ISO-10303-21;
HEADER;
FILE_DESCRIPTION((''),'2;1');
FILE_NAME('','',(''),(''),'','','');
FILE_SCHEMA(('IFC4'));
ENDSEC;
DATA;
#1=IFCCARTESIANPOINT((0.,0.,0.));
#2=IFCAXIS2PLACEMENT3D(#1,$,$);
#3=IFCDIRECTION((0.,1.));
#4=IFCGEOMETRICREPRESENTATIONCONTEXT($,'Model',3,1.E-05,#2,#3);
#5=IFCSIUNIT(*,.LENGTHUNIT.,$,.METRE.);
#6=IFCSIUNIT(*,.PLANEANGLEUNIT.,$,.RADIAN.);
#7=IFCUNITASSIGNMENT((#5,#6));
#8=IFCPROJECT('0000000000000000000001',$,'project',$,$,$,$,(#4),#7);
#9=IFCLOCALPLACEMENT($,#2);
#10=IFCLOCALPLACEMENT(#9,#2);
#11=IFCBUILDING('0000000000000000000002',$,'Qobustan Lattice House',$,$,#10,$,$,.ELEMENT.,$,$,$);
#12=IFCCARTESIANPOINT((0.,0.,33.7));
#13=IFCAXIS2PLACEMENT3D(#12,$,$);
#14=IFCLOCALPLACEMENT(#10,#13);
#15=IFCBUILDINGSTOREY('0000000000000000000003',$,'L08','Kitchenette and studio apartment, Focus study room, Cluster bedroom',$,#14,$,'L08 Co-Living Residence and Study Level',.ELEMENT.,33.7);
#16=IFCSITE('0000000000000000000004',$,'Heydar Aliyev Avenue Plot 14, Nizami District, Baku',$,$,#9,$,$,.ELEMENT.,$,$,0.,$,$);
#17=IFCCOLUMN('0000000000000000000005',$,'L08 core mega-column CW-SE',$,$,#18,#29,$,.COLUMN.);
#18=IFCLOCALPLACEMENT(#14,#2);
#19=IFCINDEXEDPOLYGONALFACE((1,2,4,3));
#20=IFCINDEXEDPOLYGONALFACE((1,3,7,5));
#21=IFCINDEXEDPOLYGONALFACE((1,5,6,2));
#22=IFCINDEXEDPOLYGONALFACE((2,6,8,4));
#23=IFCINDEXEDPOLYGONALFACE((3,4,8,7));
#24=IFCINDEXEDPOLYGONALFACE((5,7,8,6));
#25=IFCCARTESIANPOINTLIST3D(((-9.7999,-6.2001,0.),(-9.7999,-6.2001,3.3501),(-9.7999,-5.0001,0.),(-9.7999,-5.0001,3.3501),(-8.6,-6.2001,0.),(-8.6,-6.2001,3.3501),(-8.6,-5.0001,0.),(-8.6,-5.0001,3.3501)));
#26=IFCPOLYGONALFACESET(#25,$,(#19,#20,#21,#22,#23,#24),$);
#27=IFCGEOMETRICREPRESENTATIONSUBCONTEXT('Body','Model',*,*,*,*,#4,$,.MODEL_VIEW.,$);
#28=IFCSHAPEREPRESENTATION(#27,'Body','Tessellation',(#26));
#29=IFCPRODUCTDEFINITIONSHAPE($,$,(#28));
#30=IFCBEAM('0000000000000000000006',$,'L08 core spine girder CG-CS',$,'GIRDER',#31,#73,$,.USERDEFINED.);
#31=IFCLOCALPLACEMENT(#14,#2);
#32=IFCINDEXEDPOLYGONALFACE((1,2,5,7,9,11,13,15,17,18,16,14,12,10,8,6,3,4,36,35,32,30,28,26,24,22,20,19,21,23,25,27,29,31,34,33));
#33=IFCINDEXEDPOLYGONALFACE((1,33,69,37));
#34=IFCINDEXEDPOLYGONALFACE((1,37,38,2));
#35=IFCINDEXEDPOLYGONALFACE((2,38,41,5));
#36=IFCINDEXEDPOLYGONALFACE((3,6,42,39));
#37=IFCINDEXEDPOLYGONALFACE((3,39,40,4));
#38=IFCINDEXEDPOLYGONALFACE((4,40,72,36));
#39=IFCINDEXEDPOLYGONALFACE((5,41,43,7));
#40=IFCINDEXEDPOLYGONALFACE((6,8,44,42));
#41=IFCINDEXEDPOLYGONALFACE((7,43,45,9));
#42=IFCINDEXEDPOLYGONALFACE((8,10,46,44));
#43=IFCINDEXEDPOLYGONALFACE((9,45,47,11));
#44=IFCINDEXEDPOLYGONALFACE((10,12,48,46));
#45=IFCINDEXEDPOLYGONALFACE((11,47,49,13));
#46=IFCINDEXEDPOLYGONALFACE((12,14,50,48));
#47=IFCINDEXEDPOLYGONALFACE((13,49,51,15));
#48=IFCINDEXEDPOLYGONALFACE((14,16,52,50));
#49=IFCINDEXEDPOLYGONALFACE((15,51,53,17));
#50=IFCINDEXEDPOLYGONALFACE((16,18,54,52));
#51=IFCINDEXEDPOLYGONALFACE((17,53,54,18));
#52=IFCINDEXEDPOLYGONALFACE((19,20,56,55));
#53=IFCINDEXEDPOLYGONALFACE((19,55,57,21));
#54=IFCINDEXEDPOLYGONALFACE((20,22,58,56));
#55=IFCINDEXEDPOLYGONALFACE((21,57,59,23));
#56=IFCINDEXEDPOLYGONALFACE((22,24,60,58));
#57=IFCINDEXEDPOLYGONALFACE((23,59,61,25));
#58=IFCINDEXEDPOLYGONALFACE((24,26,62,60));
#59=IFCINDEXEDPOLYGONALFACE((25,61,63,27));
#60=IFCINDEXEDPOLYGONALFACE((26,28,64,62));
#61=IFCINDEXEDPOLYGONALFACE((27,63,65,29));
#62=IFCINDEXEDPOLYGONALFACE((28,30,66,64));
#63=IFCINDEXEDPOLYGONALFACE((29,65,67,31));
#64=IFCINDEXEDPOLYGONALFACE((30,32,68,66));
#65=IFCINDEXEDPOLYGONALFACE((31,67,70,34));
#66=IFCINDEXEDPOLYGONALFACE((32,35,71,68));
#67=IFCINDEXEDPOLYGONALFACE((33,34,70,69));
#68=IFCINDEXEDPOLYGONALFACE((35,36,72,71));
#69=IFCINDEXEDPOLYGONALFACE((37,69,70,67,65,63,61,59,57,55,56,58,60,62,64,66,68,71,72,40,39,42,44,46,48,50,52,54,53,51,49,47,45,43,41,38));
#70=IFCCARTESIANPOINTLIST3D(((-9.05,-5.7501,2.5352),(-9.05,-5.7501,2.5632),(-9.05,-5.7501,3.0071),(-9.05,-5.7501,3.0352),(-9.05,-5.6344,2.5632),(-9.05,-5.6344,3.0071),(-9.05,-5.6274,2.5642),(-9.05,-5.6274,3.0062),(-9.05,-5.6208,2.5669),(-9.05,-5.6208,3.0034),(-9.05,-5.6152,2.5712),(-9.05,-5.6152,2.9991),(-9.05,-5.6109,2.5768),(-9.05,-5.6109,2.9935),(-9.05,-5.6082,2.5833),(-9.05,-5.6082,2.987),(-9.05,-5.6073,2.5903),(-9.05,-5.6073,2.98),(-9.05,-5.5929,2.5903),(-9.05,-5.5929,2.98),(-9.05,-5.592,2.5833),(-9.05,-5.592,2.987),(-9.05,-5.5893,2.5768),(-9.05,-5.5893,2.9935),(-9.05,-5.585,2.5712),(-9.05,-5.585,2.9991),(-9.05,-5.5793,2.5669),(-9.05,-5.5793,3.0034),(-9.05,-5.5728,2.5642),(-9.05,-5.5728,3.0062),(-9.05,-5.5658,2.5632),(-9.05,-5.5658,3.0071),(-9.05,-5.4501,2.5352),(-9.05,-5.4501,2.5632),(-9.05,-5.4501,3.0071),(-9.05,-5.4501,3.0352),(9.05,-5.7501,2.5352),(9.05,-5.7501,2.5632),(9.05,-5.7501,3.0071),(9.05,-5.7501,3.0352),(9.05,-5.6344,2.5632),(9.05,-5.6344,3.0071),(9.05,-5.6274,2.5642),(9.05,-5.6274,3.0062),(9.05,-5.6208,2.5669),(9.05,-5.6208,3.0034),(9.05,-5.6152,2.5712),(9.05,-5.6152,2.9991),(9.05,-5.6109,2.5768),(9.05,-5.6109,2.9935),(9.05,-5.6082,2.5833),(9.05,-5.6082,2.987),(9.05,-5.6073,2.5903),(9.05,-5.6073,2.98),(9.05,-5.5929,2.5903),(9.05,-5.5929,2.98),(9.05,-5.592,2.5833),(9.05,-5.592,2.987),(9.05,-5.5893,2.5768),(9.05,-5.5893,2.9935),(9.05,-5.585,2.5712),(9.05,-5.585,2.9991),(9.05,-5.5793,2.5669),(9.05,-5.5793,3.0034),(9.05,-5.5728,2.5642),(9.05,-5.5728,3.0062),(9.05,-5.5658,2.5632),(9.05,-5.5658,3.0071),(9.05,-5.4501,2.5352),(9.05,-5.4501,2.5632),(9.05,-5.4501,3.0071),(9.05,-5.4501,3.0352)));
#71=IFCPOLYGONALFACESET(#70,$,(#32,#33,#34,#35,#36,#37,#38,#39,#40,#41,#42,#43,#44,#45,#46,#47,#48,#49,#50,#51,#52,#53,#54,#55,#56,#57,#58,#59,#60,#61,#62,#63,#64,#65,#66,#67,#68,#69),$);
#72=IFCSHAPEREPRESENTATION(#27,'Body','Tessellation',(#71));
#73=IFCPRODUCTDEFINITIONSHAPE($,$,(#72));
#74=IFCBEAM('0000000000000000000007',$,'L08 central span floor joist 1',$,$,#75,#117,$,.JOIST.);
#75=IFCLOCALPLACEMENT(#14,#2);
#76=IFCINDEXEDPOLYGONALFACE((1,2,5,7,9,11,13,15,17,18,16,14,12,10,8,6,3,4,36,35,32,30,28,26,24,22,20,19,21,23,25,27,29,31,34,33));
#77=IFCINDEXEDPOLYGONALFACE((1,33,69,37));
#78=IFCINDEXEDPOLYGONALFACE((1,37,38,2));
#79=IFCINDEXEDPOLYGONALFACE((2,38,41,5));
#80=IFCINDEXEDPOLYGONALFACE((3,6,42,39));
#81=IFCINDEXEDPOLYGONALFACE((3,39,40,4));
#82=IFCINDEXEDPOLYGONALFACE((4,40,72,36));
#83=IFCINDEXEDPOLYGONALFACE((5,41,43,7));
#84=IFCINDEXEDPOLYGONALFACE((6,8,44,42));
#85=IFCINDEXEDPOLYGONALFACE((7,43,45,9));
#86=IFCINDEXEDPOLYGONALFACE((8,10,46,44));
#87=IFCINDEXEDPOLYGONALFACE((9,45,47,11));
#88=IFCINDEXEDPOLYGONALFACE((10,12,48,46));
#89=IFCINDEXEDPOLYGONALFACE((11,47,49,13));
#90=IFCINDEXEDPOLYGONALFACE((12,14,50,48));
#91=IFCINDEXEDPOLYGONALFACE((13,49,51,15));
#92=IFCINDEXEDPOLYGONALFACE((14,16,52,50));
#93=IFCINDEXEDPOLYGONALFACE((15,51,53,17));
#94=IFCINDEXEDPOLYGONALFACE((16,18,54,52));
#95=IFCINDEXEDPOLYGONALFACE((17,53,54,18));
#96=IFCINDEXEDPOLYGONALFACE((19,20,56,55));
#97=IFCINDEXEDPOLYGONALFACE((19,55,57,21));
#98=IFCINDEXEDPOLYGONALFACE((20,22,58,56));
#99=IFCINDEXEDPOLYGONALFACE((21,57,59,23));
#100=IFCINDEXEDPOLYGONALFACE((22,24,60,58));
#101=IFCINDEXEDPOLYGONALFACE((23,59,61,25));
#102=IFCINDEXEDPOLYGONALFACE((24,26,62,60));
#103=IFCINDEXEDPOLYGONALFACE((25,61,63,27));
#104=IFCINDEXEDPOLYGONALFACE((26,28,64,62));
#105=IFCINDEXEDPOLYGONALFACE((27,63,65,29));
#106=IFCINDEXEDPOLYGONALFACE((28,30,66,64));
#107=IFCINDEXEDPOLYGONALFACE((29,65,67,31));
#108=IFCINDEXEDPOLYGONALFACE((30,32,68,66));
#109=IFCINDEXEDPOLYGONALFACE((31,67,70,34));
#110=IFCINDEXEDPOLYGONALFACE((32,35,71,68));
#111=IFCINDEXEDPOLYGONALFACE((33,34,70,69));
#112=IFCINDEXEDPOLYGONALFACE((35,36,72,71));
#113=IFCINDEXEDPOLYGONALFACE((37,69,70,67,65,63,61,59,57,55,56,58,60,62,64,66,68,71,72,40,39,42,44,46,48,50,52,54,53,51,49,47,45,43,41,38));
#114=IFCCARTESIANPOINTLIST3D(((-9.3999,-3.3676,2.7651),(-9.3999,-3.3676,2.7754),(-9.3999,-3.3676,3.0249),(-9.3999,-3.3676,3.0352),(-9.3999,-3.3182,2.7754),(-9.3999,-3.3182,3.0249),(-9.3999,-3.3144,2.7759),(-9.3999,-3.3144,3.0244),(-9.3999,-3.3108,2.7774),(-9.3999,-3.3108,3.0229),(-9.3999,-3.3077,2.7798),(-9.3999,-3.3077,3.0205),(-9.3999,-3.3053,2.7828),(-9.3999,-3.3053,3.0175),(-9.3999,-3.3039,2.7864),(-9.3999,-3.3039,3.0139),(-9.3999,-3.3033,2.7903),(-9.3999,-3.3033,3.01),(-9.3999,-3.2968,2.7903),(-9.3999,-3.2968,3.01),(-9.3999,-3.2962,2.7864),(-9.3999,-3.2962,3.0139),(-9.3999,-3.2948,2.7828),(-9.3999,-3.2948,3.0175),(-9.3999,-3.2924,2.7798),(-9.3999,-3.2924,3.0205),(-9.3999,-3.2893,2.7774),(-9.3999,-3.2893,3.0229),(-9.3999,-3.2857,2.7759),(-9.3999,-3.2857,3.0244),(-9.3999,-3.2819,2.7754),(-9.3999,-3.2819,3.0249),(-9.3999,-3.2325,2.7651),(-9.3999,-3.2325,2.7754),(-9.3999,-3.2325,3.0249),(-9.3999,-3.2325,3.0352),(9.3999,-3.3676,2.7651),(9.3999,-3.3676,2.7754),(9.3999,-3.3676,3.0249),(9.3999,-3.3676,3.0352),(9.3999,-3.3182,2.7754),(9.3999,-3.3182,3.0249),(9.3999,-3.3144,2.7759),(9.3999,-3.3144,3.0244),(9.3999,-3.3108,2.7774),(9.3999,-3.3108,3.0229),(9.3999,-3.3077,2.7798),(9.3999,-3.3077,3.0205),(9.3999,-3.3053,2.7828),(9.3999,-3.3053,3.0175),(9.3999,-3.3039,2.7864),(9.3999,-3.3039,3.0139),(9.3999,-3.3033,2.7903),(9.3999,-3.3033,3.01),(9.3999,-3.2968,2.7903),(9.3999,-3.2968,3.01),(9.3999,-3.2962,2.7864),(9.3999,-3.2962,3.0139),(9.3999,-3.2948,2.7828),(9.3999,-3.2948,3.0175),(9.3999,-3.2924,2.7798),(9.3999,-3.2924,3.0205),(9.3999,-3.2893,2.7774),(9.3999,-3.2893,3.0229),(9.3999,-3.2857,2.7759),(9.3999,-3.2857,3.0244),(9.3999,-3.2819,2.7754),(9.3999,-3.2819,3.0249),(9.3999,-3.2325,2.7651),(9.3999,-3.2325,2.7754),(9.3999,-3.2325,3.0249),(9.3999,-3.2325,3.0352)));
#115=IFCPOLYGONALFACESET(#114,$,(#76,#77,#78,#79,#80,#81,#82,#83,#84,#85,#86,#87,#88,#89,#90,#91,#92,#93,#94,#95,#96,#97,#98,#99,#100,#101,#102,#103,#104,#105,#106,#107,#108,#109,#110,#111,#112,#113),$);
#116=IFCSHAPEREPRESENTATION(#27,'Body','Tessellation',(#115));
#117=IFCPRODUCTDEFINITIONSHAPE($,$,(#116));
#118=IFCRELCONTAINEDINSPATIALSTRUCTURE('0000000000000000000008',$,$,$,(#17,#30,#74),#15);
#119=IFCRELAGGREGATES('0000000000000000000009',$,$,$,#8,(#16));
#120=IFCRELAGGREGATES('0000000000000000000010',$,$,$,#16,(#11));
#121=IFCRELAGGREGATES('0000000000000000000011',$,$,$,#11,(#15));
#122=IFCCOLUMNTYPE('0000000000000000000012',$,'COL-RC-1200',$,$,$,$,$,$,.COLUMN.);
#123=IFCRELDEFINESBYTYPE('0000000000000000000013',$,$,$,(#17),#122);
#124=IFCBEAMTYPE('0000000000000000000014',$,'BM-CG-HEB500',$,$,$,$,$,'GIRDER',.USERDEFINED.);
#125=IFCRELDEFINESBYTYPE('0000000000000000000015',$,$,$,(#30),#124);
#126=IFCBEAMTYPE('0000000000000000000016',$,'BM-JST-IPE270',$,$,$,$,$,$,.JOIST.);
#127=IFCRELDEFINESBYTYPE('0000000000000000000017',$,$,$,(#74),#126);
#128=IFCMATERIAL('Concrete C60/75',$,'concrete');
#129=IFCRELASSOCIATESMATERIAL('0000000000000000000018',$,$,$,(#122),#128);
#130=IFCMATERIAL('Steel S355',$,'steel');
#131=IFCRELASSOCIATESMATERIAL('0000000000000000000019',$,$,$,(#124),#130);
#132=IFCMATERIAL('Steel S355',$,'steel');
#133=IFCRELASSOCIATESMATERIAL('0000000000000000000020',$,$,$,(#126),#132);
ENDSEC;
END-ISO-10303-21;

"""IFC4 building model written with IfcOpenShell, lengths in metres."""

from ifc_helpers import new_model, si_unit, direction, frame, origin, origin_2d, place, context, subcontext, project, spatial, rectangle, i_section, extrude, material, material_profile, profile_set, type_object, element, save


model = new_model("IFC4")

# Units and contexts
model_context = context("Model", 3, precision=1e-05, world=origin(), true_north=direction((0.0, 1.0)))
body_context = subcontext(model_context, "Body", "Model", "MODEL_VIEW")
ifc_project = project(units=[si_unit("LENGTHUNIT", "METRE"), si_unit("PLANEANGLEUNIT", "RADIAN")], contexts=[model_context])

# Site, building, storey
site_placement = place(None, origin())
site = spatial("IfcSite", under=ifc_project, at=site_placement, Name="Heydar Aliyev Avenue Plot 14, Nizami District, Baku", CompositionType="ELEMENT", RefElevation=0.0)
building_placement = place(site_placement, origin())
building = spatial("IfcBuilding", under=site, at=building_placement, Name="Qobustan Lattice House", CompositionType="ELEMENT")
storey_placement = place(building_placement, frame((0.0, 0.0, 33.7)))
storey = spatial("IfcBuildingStorey", under=building, at=storey_placement, Name="L08", Description="Kitchenette and studio apartment, Focus study room, Cluster bedroom", LongName="L08 Co-Living Residence and Study Level", CompositionType="ELEMENT", Elevation=33.7)

# Column
ifc_material_1 = material(Name="Concrete C60/75", Category="concrete")
ifc_material_profile_1 = material_profile(ifc_material_1, rectangle(XDim=1.2, YDim=1.2, at=origin_2d()), Name="RC1200x1200")
ifc_profile_set_1 = profile_set([ifc_material_profile_1], Name="Concrete C60/75")
column_type = type_object("IfcColumnType", Name="COL-RC-1200", PredefinedType="COLUMN", material=ifc_profile_set_1)
column_placement = place(storey_placement, frame((-9.2, -5.6001, 0.0), z_axis=(0.0, 0.0, 1.0), x_axis=(1.0, 0.0, 0.0)))
element("IfcColumn", 1, at=column_placement, inside=storey, type_object=column_type, Name="L08 core mega-column CW-SE", PredefinedType="COLUMN", context=body_context, shape_type="SweptSolid", body=[
    extrude(rectangle(XDim=1.2, YDim=1.2, at=origin_2d()), origin(), (0.0, 0.0, 1.0), 3.3501),
])

# Beams
ifc_material_2 = material(Name="Steel S355", Category="steel")
ifc_material_profile_2 = material_profile(ifc_material_2, i_section(OverallWidth=0.3, OverallDepth=0.5, WebThickness=0.0144, FlangeThickness=0.0281, FilletRadius=0.0271, at=origin_2d()), Name="HEB500")
ifc_profile_set_2 = profile_set([ifc_material_profile_2], Name="Steel S355")
beam_type_1 = type_object("IfcBeamType", Name="BM-CG-HEB500", ElementType="GIRDER", PredefinedType="USERDEFINED", material=ifc_profile_set_2)
beam_1_placement = place(storey_placement, frame((-9.05, -5.6001, 2.7852), z_axis=(1.0, 0.0, 0.0), x_axis=(0.0, 1.0, 0.0)))
element("IfcBeam", 2, at=beam_1_placement, inside=storey, type_object=beam_type_1, Name="L08 core spine girder CG-CS", ObjectType="GIRDER", PredefinedType="USERDEFINED", context=body_context, shape_type="SweptSolid", body=[
    extrude(i_section(OverallWidth=0.3, OverallDepth=0.5, WebThickness=0.0144, FlangeThickness=0.0281, FilletRadius=0.0271, at=origin_2d()), origin(), (0.0, 0.0, 1.0), 18.1001),
])
ifc_material_3 = material(Name="Steel S355", Category="steel")
ifc_material_profile_3 = material_profile(ifc_material_3, i_section(OverallWidth=0.135, OverallDepth=0.27, WebThickness=0.0066, FlangeThickness=0.0103, FilletRadius=0.0149, at=origin_2d()), Name="IPE270")
ifc_profile_set_3 = profile_set([ifc_material_profile_3], Name="Steel S355")
beam_type_2 = type_object("IfcBeamType", Name="BM-JST-IPE270", PredefinedType="JOIST", material=ifc_profile_set_3)
beam_2_placement = place(storey_placement, frame((-9.3999, -3.3, 2.9001), z_axis=(1.0, 0.0, 0.0), x_axis=(0.0, 1.0, 0.0)))
element("IfcBeam", 3, at=beam_2_placement, inside=storey, type_object=beam_type_2, Name="L08 central span floor joist 1", PredefinedType="JOIST", context=body_context, shape_type="SweptSolid", body=[
    extrude(i_section(OverallWidth=0.135, OverallDepth=0.27, WebThickness=0.0066, FlangeThickness=0.0103, FilletRadius=0.0149, at=origin_2d()), origin(), (0.0, 0.0, 1.0), 18.7998),
])

save(model, "model.ifc")
